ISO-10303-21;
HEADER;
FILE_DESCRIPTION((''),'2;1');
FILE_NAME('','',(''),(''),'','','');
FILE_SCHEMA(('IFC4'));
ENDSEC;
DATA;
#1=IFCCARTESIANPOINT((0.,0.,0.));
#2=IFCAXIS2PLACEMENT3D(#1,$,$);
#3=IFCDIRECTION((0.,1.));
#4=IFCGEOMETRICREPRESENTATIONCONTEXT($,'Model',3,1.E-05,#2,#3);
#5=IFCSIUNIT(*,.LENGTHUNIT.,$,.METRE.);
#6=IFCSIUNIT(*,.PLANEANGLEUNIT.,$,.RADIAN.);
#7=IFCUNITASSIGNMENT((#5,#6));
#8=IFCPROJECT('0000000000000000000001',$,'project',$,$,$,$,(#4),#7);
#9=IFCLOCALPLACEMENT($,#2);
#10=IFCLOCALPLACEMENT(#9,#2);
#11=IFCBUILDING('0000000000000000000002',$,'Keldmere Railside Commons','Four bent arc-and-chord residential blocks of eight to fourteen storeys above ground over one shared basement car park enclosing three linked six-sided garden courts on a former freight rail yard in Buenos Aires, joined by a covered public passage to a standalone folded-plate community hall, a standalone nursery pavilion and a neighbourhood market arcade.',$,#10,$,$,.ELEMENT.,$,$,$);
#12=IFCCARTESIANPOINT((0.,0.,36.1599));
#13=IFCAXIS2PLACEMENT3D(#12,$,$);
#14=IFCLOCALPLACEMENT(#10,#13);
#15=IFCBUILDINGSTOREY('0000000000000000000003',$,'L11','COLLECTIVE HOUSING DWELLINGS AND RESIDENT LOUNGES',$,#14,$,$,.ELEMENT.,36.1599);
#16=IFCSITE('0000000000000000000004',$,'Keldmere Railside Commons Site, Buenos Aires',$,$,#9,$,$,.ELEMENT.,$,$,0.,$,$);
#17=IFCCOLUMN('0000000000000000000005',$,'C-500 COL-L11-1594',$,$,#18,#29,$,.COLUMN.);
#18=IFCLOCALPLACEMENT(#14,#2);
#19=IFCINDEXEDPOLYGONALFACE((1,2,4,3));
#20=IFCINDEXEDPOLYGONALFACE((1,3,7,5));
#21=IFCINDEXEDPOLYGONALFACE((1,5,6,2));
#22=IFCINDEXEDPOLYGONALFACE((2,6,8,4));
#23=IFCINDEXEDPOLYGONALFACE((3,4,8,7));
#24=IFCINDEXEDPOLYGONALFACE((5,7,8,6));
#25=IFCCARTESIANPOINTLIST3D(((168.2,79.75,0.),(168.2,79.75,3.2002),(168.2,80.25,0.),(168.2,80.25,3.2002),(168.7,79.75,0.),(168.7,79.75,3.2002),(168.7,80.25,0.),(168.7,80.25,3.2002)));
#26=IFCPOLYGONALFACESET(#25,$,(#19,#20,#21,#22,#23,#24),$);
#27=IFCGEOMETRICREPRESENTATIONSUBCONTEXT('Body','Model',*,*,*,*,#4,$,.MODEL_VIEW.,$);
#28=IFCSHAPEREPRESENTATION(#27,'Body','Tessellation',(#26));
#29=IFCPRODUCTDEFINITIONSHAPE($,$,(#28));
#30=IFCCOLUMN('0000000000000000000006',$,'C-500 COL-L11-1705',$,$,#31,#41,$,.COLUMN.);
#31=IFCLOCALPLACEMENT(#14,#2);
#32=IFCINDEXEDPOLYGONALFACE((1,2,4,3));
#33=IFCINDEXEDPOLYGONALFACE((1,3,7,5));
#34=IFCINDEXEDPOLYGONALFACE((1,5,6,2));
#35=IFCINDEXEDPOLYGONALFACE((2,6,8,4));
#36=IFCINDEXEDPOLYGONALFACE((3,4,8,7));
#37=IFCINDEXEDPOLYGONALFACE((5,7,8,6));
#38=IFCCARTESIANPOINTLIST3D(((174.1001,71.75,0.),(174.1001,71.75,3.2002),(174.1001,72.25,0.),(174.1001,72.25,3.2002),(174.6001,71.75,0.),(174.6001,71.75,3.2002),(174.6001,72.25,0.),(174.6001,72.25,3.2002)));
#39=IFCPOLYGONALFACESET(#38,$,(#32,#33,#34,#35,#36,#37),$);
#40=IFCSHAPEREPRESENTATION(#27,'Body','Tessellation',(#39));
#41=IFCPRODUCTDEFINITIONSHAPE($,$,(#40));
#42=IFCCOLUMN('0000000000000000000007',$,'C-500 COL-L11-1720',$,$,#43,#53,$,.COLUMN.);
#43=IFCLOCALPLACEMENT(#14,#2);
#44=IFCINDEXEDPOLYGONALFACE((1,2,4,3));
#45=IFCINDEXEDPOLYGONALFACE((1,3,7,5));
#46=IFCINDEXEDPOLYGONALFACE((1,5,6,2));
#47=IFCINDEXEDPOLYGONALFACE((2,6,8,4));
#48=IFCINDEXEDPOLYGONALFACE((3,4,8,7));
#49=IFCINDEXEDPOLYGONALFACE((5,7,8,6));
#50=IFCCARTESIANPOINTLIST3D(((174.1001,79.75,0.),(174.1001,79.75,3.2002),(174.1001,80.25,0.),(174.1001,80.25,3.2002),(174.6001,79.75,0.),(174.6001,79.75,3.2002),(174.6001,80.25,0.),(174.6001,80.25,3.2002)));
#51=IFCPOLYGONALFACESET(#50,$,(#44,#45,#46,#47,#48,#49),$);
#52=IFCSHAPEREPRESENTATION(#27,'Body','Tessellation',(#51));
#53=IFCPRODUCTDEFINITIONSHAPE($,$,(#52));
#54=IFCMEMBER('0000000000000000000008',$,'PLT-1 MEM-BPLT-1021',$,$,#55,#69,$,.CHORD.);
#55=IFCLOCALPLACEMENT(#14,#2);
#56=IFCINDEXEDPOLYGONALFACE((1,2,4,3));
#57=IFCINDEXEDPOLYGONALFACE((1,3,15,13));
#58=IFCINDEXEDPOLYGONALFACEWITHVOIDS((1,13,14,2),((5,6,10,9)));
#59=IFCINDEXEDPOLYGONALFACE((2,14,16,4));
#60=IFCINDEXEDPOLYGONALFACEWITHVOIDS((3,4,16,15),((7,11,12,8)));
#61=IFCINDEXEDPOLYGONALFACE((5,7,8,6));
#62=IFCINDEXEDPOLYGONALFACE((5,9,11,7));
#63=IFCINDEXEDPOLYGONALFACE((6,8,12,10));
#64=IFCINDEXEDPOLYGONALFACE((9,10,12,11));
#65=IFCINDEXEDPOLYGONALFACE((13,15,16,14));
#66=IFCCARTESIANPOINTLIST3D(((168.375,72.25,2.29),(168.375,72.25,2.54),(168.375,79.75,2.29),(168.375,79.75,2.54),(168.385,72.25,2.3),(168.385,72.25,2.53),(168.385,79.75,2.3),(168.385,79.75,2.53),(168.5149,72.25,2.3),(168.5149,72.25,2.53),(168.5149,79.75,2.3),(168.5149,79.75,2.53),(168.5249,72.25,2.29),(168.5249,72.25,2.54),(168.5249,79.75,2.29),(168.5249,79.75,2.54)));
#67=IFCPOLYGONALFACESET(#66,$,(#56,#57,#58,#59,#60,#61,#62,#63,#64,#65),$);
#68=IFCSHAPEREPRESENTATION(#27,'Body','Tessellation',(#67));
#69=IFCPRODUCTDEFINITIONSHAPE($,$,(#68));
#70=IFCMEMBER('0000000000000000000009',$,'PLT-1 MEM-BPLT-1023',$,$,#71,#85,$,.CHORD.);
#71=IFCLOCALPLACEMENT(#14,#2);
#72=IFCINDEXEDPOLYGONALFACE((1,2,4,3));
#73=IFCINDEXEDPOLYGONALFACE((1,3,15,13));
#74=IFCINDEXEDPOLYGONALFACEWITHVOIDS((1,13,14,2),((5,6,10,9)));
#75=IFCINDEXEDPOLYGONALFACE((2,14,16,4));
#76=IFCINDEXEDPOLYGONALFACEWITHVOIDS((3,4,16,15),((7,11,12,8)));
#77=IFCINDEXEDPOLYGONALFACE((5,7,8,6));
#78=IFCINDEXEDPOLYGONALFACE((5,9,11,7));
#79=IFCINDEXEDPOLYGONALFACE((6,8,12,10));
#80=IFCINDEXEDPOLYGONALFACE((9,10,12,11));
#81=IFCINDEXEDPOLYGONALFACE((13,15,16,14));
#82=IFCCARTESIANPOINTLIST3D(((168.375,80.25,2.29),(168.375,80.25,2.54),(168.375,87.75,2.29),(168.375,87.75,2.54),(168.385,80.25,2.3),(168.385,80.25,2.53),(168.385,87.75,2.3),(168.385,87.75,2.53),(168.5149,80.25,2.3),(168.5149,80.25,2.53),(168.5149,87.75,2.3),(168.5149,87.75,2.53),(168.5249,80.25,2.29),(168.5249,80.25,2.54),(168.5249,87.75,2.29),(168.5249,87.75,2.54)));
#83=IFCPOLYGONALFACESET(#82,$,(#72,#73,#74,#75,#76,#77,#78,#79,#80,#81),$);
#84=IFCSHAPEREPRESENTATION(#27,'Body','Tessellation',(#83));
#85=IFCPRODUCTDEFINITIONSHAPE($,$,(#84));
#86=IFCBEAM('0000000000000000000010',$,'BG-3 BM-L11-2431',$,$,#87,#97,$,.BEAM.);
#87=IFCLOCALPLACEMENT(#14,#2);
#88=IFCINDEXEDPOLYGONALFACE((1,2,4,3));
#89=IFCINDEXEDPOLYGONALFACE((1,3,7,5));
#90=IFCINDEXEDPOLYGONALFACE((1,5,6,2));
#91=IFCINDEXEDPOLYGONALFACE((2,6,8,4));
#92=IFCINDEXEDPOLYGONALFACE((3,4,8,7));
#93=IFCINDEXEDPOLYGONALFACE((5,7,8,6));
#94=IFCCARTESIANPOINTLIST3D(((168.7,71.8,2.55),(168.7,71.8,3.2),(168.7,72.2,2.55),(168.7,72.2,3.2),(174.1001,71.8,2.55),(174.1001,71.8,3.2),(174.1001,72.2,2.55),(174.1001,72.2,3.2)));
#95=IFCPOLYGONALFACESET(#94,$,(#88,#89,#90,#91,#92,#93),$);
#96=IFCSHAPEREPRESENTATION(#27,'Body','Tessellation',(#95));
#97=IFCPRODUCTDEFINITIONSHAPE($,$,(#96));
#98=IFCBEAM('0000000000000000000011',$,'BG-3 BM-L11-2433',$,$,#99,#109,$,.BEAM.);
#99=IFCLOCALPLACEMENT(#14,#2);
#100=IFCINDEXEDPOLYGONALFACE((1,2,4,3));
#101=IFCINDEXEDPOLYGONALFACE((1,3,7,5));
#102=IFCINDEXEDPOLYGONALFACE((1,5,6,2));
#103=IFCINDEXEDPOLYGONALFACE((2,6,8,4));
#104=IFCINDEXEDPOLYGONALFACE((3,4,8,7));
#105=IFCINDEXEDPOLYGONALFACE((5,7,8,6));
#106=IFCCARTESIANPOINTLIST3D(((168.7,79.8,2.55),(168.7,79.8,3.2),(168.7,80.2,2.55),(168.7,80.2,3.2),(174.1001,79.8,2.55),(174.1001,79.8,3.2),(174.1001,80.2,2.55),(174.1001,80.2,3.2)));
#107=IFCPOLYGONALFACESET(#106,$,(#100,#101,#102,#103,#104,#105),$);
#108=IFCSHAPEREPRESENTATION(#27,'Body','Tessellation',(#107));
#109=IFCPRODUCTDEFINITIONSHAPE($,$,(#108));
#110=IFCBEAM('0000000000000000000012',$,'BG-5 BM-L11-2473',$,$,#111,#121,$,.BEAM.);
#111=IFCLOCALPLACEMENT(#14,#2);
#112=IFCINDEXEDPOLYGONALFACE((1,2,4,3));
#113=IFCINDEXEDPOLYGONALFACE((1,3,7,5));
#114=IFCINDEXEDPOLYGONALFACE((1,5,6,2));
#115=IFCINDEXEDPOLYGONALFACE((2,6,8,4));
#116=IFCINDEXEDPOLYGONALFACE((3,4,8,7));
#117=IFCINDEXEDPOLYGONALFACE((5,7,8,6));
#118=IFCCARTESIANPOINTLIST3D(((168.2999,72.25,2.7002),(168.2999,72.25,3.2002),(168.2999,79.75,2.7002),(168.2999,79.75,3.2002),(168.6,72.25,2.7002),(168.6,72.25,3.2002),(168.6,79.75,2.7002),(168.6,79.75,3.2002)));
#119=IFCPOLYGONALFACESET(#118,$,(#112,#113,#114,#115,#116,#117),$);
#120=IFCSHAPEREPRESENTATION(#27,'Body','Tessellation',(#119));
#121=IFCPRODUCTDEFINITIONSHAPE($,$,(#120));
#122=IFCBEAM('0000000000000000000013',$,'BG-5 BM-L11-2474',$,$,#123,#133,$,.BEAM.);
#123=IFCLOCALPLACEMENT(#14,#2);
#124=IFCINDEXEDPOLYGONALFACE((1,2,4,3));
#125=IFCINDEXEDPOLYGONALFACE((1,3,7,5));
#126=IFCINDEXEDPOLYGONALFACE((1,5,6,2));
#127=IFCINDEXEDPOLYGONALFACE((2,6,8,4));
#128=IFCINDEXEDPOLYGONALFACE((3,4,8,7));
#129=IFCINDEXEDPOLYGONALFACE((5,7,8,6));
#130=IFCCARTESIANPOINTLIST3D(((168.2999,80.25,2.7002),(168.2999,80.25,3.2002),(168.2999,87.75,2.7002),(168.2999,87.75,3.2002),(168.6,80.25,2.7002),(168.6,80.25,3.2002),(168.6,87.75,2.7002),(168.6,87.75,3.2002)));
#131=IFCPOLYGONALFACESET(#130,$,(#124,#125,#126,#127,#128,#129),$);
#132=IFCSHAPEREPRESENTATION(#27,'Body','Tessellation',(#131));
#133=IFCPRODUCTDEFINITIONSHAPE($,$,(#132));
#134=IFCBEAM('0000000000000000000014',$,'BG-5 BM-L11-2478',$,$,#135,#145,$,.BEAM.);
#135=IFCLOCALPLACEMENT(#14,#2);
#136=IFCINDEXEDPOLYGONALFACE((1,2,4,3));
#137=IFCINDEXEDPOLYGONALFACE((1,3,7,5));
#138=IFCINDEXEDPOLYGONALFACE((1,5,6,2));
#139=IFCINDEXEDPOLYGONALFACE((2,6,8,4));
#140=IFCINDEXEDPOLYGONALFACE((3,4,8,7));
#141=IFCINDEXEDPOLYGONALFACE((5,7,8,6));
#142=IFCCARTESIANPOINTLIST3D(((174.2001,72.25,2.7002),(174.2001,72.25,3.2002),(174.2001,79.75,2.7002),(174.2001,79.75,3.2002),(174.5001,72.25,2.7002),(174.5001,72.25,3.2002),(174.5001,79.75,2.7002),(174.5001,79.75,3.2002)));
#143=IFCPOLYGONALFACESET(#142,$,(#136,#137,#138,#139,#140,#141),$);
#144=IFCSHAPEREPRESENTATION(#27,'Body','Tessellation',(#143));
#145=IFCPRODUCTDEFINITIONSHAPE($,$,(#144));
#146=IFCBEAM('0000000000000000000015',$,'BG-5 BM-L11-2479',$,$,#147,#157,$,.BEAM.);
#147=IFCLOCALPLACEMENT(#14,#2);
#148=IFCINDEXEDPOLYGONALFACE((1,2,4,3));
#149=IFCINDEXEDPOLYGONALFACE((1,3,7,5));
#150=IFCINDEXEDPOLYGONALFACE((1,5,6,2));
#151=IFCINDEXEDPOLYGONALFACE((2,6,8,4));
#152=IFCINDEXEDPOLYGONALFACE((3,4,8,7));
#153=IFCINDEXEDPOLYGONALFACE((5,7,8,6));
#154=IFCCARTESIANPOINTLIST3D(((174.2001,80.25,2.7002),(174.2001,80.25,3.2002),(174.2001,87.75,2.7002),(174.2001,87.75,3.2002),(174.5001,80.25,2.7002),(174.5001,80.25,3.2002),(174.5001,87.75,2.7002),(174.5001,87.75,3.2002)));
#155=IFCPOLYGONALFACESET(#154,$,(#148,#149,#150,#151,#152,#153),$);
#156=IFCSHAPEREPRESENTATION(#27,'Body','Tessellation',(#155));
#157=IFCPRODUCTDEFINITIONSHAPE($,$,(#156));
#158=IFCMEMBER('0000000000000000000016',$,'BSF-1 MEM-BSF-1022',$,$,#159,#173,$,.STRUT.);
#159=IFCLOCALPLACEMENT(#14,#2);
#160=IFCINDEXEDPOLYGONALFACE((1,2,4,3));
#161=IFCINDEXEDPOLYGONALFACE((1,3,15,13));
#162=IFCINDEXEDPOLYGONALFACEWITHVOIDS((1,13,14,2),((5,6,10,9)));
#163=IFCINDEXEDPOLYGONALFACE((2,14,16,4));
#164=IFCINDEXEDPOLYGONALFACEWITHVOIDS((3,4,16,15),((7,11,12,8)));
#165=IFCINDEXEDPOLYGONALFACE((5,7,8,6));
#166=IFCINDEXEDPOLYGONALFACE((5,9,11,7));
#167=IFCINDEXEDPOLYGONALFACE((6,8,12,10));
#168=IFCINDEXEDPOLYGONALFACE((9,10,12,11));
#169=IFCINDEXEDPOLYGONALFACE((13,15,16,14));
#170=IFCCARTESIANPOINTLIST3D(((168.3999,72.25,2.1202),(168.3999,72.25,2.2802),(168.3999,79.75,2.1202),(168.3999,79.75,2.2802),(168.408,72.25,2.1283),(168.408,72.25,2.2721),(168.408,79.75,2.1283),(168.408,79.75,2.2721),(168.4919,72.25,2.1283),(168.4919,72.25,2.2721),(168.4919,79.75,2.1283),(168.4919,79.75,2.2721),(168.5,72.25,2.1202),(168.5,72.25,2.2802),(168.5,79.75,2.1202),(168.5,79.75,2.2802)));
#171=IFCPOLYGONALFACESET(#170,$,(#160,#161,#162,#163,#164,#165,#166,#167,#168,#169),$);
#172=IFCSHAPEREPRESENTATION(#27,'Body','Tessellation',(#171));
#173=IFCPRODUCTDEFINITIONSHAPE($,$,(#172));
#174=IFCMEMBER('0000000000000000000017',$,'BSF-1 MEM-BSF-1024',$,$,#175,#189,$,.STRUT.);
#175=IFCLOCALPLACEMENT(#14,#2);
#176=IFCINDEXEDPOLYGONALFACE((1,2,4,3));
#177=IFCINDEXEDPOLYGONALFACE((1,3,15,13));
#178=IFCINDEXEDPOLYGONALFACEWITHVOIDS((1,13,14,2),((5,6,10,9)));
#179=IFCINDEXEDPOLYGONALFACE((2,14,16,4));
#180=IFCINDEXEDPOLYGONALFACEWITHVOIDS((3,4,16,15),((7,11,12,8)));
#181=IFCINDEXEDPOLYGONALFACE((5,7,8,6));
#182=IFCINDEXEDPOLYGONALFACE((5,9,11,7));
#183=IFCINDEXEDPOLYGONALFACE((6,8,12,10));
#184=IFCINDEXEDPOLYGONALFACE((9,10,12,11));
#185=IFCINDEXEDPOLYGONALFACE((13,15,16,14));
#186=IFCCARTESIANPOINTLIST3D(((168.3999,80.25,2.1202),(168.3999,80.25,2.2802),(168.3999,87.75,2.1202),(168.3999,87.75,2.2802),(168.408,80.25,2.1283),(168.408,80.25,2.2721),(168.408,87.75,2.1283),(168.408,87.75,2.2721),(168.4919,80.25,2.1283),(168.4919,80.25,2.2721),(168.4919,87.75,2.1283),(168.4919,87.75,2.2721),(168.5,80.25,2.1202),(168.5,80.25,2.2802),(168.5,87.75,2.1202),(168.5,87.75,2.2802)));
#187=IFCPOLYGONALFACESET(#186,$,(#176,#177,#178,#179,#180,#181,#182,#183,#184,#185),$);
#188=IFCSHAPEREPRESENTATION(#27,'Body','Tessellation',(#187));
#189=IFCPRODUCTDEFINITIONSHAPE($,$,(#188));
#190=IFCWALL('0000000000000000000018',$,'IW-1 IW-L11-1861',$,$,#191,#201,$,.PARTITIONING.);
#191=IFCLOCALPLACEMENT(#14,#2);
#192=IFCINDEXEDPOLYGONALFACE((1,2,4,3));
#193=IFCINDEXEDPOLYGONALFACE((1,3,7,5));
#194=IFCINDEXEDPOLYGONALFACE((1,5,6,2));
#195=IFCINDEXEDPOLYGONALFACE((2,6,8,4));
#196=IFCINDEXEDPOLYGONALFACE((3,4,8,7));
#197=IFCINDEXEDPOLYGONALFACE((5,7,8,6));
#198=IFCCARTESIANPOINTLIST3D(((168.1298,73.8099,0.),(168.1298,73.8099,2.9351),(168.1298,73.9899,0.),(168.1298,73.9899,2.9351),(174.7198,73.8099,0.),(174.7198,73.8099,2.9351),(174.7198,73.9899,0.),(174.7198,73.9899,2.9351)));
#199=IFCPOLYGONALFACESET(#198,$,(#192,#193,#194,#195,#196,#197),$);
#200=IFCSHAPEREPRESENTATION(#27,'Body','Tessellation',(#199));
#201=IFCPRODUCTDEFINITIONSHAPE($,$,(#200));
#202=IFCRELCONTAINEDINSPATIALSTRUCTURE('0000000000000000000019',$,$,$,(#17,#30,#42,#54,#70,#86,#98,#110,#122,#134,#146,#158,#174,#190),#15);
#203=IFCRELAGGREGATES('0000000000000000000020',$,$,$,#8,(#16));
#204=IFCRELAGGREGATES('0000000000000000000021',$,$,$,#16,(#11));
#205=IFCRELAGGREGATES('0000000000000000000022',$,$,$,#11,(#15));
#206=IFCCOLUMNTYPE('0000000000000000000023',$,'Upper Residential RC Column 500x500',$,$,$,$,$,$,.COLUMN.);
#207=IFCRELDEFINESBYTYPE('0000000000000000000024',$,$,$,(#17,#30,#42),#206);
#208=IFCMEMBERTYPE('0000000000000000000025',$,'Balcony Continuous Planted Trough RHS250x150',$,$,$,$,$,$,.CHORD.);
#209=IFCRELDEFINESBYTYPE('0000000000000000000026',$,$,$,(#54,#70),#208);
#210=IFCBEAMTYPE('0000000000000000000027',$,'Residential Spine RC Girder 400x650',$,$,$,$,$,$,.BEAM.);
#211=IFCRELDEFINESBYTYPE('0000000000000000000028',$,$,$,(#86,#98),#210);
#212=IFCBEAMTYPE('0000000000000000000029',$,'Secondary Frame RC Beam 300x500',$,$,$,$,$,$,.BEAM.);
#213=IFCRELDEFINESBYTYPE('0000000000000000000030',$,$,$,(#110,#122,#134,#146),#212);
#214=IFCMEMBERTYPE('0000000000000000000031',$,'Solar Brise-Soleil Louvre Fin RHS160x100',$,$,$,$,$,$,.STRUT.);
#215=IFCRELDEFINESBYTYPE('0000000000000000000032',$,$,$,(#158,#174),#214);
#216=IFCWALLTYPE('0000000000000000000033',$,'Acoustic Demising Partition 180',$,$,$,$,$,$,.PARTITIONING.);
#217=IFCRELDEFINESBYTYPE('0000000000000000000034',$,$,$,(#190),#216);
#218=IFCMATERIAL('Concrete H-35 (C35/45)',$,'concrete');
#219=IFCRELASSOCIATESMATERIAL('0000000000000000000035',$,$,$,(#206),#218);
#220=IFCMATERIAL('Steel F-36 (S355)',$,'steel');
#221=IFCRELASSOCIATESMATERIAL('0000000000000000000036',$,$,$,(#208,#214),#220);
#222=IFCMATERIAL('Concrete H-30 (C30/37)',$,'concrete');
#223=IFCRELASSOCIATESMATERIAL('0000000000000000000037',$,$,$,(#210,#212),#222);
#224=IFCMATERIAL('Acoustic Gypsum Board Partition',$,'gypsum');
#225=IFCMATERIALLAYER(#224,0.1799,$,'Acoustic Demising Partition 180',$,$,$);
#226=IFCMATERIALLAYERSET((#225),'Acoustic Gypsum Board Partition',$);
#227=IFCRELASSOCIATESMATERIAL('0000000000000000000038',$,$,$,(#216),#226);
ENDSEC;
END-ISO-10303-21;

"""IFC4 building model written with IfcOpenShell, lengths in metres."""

from ifc_helpers import new_model, si_unit, direction, frame, frame_2d, origin, origin_2d, place, context, subcontext, project, spatial, rectangle, hollow_rectangle, extrude, material, layer, layer_set, material_profile, profile_set, type_object, element, save


model = new_model("IFC4")

# Units and contexts
model_context = context("Model", 3, precision=1e-05, world=origin(), true_north=direction((0.0, 1.0)))
body_context = subcontext(model_context, "Body", "Model", "MODEL_VIEW")
ifc_project = project(units=[si_unit("LENGTHUNIT", "METRE"), si_unit("PLANEANGLEUNIT", "RADIAN")], contexts=[model_context])

# Site, building, storey
site_placement = place(None, origin())
site = spatial("IfcSite", under=ifc_project, at=site_placement, Name="Keldmere Railside Commons Site, Buenos Aires", CompositionType="ELEMENT", RefElevation=0.0)
building_placement = place(site_placement, origin())
building = spatial("IfcBuilding", under=site, at=building_placement, Name="Keldmere Railside Commons", Description="Four bent arc-and-chord residential blocks of eight to fourteen storeys above ground over one shared basement car park enclosing three linked six-sided garden courts on a former freight rail yard in Buenos Aires, joined by a covered public passage to a standalone folded-plate community hall, a standalone nursery pavilion and a neighbourhood market arcade.", CompositionType="ELEMENT")
storey_placement = place(building_placement, frame((0.0, 0.0, 36.1599)))
storey = spatial("IfcBuildingStorey", under=building, at=storey_placement, Name="L11", Description="COLLECTIVE HOUSING DWELLINGS AND RESIDENT LOUNGES", CompositionType="ELEMENT", Elevation=36.1599)

# Columns
ifc_material_1 = material(Name="Concrete H-35 (C35/45)", Category="concrete")
ifc_material_profile_1 = material_profile(ifc_material_1, rectangle(XDim=0.5, YDim=0.5, at=origin_2d()), Name="RC-500x500")
ifc_profile_set_1 = profile_set([ifc_material_profile_1], Name="Concrete H-35 (C35/45)")
column_type = type_object("IfcColumnType", Name="Upper Residential RC Column 500x500", PredefinedType="COLUMN", material=ifc_profile_set_1)
for number, where, z_axis, x_axis, name in (
    (1, (168.45, 80.0, 0.0), (0.0, 0.0, 1.0), (1.0, 0.0, 0.0), "C-500 COL-L11-1594"),
    (2, (174.3501, 72.0, 0.0), (0.0, 0.0, 1.0), (1.0, 0.0, 0.0), "C-500 COL-L11-1705"),
    (3, (174.3501, 80.0, 0.0), (0.0, 0.0, 1.0), (1.0, 0.0, 0.0), "C-500 COL-L11-1720"),
):
    element("IfcColumn", number, at=place(storey_placement, frame(where, z_axis=z_axis, x_axis=x_axis)), inside=storey, type_object=column_type, Name=name, PredefinedType="COLUMN", context=body_context, shape_type="SweptSolid", body=[
        extrude(rectangle(XDim=0.5, YDim=0.5, at=origin_2d()), origin(), (0.0, 0.0, 1.0), 3.2002),
    ])

# Members
ifc_material_2 = material(Name="Steel F-36 (S355)", Category="steel")
ifc_material_profile_2 = material_profile(ifc_material_2, hollow_rectangle(XDim=0.1499, YDim=0.25, WallThickness=0.01, at=origin_2d()), Name="RHS-250x150x10")
ifc_profile_set_2 = profile_set([ifc_material_profile_2], Name="Steel F-36 (S355)")
member_type_1 = type_object("IfcMemberType", Name="Balcony Continuous Planted Trough RHS250x150", PredefinedType="CHORD", material=ifc_profile_set_2)
for number, where, z_axis, x_axis, name in (
    (4, (168.45, 72.25, 2.415), (0.0, 1.0, 0.0), (-1.0, 0.0, 0.0), "PLT-1 MEM-BPLT-1021"),
    (5, (168.45, 80.25, 2.415), (0.0, 1.0, 0.0), (-1.0, 0.0, 0.0), "PLT-1 MEM-BPLT-1023"),
):
    element("IfcMember", number, at=place(storey_placement, frame(where, z_axis=z_axis, x_axis=x_axis)), inside=storey, type_object=member_type_1, Name=name, PredefinedType="CHORD", context=body_context, shape_type="SweptSolid", body=[
        extrude(hollow_rectangle(XDim=0.1499, YDim=0.25, WallThickness=0.01, at=origin_2d()), origin(), (0.0, 0.0, 1.0), 7.5),
    ])

# Beams
ifc_material_3 = material(Name="Concrete H-30 (C30/37)", Category="concrete")
ifc_material_profile_3 = material_profile(ifc_material_3, rectangle(XDim=0.3999, YDim=0.6499, at=origin_2d()), Name="RC-400x650")
ifc_profile_set_3 = profile_set([ifc_material_profile_3], Name="Concrete H-30 (C30/37)")
beam_type_1 = type_object("IfcBeamType", Name="Residential Spine RC Girder 400x650", PredefinedType="BEAM", material=ifc_profile_set_3)
for number, where, z_axis, x_axis, name in (
    (6, (168.7, 72.0, 2.875), (1.0, 0.0, 0.0), (0.0, 1.0, 0.0), "BG-3 BM-L11-2431"),
    (7, (168.7, 80.0, 2.875), (1.0, 0.0, 0.0), (0.0, 1.0, 0.0), "BG-3 BM-L11-2433"),
):
    element("IfcBeam", number, at=place(storey_placement, frame(where, z_axis=z_axis, x_axis=x_axis)), inside=storey, type_object=beam_type_1, Name=name, PredefinedType="BEAM", context=body_context, shape_type="SweptSolid", body=[
        extrude(rectangle(XDim=0.3999, YDim=0.6499, at=origin_2d()), origin(), (0.0, 0.0, 1.0), 5.4001),
    ])
ifc_material_profile_4 = material_profile(ifc_material_3, rectangle(XDim=0.3, YDim=0.5, at=origin_2d()), Name="RC-300x500")
ifc_profile_set_4 = profile_set([ifc_material_profile_4], Name="Concrete H-30 (C30/37)")
beam_type_2 = type_object("IfcBeamType", Name="Secondary Frame RC Beam 300x500", PredefinedType="BEAM", material=ifc_profile_set_4)
for number, where, z_axis, x_axis, name in (
    (8, (168.45, 72.25, 2.9502), (0.0, 1.0, 0.0), (-1.0, 0.0, 0.0), "BG-5 BM-L11-2473"),
    (9, (168.45, 80.25, 2.9502), (0.0, 1.0, 0.0), (-1.0, 0.0, 0.0), "BG-5 BM-L11-2474"),
    (10, (174.3501, 72.25, 2.9502), (0.0, 1.0, 0.0), (-1.0, 0.0, 0.0), "BG-5 BM-L11-2478"),
    (11, (174.3501, 80.25, 2.9502), (0.0, 1.0, 0.0), (-1.0, 0.0, 0.0), "BG-5 BM-L11-2479"),
):
    element("IfcBeam", number, at=place(storey_placement, frame(where, z_axis=z_axis, x_axis=x_axis)), inside=storey, type_object=beam_type_2, Name=name, PredefinedType="BEAM", context=body_context, shape_type="SweptSolid", body=[
        extrude(rectangle(XDim=0.3, YDim=0.5, at=origin_2d()), origin(), (0.0, 0.0, 1.0), 7.5),
    ])

# Members
ifc_material_profile_5 = material_profile(ifc_material_2, hollow_rectangle(XDim=0.1001, YDim=0.1599, WallThickness=0.0081, at=origin_2d()), Name="RHS-160x100x8")
ifc_profile_set_5 = profile_set([ifc_material_profile_5], Name="Steel F-36 (S355)")
member_type_2 = type_object("IfcMemberType", Name="Solar Brise-Soleil Louvre Fin RHS160x100", PredefinedType="STRUT", material=ifc_profile_set_5)
for number, where, z_axis, x_axis, name in (
    (12, (168.45, 72.25, 2.2002), (0.0, 1.0, 0.0), (-1.0, 0.0, 0.0), "BSF-1 MEM-BSF-1022"),
    (13, (168.45, 80.25, 2.2002), (0.0, 1.0, 0.0), (-1.0, 0.0, 0.0), "BSF-1 MEM-BSF-1024"),
):
    element("IfcMember", number, at=place(storey_placement, frame(where, z_axis=z_axis, x_axis=x_axis)), inside=storey, type_object=member_type_2, Name=name, PredefinedType="STRUT", context=body_context, shape_type="SweptSolid", body=[
        extrude(hollow_rectangle(XDim=0.1001, YDim=0.1599, WallThickness=0.0081, at=origin_2d()), origin(), (0.0, 0.0, 1.0), 7.5),
    ])

# Wall
ifc_material_4 = material(Name="Acoustic Gypsum Board Partition", Category="gypsum")
ifc_layer_1 = layer(ifc_material_4, 0.1799, Name="Acoustic Demising Partition 180")
ifc_layer_set_1 = layer_set([ifc_layer_1], Name="Acoustic Gypsum Board Partition")
wall_type_1 = type_object("IfcWallType", Name="Acoustic Demising Partition 180", PredefinedType="PARTITIONING", material=ifc_layer_set_1)
wall_1_placement = place(storey_placement, frame((168.1299, 73.8999, 0.0), z_axis=(0.0, 0.0, 1.0), x_axis=(1.0, 0.0, 0.0)))
element("IfcWall", 14, at=wall_1_placement, inside=storey, type_object=wall_type_1, Name="IW-1 IW-L11-1861", PredefinedType="PARTITIONING", context=body_context, shape_type="SweptSolid", body=[
    extrude(rectangle(XDim=6.5901, YDim=0.1799, at=frame_2d((3.2949, 0.0))), origin(), (0.0, 0.0, 1.0), 2.9351),
])

save(model, "model.ifc")
